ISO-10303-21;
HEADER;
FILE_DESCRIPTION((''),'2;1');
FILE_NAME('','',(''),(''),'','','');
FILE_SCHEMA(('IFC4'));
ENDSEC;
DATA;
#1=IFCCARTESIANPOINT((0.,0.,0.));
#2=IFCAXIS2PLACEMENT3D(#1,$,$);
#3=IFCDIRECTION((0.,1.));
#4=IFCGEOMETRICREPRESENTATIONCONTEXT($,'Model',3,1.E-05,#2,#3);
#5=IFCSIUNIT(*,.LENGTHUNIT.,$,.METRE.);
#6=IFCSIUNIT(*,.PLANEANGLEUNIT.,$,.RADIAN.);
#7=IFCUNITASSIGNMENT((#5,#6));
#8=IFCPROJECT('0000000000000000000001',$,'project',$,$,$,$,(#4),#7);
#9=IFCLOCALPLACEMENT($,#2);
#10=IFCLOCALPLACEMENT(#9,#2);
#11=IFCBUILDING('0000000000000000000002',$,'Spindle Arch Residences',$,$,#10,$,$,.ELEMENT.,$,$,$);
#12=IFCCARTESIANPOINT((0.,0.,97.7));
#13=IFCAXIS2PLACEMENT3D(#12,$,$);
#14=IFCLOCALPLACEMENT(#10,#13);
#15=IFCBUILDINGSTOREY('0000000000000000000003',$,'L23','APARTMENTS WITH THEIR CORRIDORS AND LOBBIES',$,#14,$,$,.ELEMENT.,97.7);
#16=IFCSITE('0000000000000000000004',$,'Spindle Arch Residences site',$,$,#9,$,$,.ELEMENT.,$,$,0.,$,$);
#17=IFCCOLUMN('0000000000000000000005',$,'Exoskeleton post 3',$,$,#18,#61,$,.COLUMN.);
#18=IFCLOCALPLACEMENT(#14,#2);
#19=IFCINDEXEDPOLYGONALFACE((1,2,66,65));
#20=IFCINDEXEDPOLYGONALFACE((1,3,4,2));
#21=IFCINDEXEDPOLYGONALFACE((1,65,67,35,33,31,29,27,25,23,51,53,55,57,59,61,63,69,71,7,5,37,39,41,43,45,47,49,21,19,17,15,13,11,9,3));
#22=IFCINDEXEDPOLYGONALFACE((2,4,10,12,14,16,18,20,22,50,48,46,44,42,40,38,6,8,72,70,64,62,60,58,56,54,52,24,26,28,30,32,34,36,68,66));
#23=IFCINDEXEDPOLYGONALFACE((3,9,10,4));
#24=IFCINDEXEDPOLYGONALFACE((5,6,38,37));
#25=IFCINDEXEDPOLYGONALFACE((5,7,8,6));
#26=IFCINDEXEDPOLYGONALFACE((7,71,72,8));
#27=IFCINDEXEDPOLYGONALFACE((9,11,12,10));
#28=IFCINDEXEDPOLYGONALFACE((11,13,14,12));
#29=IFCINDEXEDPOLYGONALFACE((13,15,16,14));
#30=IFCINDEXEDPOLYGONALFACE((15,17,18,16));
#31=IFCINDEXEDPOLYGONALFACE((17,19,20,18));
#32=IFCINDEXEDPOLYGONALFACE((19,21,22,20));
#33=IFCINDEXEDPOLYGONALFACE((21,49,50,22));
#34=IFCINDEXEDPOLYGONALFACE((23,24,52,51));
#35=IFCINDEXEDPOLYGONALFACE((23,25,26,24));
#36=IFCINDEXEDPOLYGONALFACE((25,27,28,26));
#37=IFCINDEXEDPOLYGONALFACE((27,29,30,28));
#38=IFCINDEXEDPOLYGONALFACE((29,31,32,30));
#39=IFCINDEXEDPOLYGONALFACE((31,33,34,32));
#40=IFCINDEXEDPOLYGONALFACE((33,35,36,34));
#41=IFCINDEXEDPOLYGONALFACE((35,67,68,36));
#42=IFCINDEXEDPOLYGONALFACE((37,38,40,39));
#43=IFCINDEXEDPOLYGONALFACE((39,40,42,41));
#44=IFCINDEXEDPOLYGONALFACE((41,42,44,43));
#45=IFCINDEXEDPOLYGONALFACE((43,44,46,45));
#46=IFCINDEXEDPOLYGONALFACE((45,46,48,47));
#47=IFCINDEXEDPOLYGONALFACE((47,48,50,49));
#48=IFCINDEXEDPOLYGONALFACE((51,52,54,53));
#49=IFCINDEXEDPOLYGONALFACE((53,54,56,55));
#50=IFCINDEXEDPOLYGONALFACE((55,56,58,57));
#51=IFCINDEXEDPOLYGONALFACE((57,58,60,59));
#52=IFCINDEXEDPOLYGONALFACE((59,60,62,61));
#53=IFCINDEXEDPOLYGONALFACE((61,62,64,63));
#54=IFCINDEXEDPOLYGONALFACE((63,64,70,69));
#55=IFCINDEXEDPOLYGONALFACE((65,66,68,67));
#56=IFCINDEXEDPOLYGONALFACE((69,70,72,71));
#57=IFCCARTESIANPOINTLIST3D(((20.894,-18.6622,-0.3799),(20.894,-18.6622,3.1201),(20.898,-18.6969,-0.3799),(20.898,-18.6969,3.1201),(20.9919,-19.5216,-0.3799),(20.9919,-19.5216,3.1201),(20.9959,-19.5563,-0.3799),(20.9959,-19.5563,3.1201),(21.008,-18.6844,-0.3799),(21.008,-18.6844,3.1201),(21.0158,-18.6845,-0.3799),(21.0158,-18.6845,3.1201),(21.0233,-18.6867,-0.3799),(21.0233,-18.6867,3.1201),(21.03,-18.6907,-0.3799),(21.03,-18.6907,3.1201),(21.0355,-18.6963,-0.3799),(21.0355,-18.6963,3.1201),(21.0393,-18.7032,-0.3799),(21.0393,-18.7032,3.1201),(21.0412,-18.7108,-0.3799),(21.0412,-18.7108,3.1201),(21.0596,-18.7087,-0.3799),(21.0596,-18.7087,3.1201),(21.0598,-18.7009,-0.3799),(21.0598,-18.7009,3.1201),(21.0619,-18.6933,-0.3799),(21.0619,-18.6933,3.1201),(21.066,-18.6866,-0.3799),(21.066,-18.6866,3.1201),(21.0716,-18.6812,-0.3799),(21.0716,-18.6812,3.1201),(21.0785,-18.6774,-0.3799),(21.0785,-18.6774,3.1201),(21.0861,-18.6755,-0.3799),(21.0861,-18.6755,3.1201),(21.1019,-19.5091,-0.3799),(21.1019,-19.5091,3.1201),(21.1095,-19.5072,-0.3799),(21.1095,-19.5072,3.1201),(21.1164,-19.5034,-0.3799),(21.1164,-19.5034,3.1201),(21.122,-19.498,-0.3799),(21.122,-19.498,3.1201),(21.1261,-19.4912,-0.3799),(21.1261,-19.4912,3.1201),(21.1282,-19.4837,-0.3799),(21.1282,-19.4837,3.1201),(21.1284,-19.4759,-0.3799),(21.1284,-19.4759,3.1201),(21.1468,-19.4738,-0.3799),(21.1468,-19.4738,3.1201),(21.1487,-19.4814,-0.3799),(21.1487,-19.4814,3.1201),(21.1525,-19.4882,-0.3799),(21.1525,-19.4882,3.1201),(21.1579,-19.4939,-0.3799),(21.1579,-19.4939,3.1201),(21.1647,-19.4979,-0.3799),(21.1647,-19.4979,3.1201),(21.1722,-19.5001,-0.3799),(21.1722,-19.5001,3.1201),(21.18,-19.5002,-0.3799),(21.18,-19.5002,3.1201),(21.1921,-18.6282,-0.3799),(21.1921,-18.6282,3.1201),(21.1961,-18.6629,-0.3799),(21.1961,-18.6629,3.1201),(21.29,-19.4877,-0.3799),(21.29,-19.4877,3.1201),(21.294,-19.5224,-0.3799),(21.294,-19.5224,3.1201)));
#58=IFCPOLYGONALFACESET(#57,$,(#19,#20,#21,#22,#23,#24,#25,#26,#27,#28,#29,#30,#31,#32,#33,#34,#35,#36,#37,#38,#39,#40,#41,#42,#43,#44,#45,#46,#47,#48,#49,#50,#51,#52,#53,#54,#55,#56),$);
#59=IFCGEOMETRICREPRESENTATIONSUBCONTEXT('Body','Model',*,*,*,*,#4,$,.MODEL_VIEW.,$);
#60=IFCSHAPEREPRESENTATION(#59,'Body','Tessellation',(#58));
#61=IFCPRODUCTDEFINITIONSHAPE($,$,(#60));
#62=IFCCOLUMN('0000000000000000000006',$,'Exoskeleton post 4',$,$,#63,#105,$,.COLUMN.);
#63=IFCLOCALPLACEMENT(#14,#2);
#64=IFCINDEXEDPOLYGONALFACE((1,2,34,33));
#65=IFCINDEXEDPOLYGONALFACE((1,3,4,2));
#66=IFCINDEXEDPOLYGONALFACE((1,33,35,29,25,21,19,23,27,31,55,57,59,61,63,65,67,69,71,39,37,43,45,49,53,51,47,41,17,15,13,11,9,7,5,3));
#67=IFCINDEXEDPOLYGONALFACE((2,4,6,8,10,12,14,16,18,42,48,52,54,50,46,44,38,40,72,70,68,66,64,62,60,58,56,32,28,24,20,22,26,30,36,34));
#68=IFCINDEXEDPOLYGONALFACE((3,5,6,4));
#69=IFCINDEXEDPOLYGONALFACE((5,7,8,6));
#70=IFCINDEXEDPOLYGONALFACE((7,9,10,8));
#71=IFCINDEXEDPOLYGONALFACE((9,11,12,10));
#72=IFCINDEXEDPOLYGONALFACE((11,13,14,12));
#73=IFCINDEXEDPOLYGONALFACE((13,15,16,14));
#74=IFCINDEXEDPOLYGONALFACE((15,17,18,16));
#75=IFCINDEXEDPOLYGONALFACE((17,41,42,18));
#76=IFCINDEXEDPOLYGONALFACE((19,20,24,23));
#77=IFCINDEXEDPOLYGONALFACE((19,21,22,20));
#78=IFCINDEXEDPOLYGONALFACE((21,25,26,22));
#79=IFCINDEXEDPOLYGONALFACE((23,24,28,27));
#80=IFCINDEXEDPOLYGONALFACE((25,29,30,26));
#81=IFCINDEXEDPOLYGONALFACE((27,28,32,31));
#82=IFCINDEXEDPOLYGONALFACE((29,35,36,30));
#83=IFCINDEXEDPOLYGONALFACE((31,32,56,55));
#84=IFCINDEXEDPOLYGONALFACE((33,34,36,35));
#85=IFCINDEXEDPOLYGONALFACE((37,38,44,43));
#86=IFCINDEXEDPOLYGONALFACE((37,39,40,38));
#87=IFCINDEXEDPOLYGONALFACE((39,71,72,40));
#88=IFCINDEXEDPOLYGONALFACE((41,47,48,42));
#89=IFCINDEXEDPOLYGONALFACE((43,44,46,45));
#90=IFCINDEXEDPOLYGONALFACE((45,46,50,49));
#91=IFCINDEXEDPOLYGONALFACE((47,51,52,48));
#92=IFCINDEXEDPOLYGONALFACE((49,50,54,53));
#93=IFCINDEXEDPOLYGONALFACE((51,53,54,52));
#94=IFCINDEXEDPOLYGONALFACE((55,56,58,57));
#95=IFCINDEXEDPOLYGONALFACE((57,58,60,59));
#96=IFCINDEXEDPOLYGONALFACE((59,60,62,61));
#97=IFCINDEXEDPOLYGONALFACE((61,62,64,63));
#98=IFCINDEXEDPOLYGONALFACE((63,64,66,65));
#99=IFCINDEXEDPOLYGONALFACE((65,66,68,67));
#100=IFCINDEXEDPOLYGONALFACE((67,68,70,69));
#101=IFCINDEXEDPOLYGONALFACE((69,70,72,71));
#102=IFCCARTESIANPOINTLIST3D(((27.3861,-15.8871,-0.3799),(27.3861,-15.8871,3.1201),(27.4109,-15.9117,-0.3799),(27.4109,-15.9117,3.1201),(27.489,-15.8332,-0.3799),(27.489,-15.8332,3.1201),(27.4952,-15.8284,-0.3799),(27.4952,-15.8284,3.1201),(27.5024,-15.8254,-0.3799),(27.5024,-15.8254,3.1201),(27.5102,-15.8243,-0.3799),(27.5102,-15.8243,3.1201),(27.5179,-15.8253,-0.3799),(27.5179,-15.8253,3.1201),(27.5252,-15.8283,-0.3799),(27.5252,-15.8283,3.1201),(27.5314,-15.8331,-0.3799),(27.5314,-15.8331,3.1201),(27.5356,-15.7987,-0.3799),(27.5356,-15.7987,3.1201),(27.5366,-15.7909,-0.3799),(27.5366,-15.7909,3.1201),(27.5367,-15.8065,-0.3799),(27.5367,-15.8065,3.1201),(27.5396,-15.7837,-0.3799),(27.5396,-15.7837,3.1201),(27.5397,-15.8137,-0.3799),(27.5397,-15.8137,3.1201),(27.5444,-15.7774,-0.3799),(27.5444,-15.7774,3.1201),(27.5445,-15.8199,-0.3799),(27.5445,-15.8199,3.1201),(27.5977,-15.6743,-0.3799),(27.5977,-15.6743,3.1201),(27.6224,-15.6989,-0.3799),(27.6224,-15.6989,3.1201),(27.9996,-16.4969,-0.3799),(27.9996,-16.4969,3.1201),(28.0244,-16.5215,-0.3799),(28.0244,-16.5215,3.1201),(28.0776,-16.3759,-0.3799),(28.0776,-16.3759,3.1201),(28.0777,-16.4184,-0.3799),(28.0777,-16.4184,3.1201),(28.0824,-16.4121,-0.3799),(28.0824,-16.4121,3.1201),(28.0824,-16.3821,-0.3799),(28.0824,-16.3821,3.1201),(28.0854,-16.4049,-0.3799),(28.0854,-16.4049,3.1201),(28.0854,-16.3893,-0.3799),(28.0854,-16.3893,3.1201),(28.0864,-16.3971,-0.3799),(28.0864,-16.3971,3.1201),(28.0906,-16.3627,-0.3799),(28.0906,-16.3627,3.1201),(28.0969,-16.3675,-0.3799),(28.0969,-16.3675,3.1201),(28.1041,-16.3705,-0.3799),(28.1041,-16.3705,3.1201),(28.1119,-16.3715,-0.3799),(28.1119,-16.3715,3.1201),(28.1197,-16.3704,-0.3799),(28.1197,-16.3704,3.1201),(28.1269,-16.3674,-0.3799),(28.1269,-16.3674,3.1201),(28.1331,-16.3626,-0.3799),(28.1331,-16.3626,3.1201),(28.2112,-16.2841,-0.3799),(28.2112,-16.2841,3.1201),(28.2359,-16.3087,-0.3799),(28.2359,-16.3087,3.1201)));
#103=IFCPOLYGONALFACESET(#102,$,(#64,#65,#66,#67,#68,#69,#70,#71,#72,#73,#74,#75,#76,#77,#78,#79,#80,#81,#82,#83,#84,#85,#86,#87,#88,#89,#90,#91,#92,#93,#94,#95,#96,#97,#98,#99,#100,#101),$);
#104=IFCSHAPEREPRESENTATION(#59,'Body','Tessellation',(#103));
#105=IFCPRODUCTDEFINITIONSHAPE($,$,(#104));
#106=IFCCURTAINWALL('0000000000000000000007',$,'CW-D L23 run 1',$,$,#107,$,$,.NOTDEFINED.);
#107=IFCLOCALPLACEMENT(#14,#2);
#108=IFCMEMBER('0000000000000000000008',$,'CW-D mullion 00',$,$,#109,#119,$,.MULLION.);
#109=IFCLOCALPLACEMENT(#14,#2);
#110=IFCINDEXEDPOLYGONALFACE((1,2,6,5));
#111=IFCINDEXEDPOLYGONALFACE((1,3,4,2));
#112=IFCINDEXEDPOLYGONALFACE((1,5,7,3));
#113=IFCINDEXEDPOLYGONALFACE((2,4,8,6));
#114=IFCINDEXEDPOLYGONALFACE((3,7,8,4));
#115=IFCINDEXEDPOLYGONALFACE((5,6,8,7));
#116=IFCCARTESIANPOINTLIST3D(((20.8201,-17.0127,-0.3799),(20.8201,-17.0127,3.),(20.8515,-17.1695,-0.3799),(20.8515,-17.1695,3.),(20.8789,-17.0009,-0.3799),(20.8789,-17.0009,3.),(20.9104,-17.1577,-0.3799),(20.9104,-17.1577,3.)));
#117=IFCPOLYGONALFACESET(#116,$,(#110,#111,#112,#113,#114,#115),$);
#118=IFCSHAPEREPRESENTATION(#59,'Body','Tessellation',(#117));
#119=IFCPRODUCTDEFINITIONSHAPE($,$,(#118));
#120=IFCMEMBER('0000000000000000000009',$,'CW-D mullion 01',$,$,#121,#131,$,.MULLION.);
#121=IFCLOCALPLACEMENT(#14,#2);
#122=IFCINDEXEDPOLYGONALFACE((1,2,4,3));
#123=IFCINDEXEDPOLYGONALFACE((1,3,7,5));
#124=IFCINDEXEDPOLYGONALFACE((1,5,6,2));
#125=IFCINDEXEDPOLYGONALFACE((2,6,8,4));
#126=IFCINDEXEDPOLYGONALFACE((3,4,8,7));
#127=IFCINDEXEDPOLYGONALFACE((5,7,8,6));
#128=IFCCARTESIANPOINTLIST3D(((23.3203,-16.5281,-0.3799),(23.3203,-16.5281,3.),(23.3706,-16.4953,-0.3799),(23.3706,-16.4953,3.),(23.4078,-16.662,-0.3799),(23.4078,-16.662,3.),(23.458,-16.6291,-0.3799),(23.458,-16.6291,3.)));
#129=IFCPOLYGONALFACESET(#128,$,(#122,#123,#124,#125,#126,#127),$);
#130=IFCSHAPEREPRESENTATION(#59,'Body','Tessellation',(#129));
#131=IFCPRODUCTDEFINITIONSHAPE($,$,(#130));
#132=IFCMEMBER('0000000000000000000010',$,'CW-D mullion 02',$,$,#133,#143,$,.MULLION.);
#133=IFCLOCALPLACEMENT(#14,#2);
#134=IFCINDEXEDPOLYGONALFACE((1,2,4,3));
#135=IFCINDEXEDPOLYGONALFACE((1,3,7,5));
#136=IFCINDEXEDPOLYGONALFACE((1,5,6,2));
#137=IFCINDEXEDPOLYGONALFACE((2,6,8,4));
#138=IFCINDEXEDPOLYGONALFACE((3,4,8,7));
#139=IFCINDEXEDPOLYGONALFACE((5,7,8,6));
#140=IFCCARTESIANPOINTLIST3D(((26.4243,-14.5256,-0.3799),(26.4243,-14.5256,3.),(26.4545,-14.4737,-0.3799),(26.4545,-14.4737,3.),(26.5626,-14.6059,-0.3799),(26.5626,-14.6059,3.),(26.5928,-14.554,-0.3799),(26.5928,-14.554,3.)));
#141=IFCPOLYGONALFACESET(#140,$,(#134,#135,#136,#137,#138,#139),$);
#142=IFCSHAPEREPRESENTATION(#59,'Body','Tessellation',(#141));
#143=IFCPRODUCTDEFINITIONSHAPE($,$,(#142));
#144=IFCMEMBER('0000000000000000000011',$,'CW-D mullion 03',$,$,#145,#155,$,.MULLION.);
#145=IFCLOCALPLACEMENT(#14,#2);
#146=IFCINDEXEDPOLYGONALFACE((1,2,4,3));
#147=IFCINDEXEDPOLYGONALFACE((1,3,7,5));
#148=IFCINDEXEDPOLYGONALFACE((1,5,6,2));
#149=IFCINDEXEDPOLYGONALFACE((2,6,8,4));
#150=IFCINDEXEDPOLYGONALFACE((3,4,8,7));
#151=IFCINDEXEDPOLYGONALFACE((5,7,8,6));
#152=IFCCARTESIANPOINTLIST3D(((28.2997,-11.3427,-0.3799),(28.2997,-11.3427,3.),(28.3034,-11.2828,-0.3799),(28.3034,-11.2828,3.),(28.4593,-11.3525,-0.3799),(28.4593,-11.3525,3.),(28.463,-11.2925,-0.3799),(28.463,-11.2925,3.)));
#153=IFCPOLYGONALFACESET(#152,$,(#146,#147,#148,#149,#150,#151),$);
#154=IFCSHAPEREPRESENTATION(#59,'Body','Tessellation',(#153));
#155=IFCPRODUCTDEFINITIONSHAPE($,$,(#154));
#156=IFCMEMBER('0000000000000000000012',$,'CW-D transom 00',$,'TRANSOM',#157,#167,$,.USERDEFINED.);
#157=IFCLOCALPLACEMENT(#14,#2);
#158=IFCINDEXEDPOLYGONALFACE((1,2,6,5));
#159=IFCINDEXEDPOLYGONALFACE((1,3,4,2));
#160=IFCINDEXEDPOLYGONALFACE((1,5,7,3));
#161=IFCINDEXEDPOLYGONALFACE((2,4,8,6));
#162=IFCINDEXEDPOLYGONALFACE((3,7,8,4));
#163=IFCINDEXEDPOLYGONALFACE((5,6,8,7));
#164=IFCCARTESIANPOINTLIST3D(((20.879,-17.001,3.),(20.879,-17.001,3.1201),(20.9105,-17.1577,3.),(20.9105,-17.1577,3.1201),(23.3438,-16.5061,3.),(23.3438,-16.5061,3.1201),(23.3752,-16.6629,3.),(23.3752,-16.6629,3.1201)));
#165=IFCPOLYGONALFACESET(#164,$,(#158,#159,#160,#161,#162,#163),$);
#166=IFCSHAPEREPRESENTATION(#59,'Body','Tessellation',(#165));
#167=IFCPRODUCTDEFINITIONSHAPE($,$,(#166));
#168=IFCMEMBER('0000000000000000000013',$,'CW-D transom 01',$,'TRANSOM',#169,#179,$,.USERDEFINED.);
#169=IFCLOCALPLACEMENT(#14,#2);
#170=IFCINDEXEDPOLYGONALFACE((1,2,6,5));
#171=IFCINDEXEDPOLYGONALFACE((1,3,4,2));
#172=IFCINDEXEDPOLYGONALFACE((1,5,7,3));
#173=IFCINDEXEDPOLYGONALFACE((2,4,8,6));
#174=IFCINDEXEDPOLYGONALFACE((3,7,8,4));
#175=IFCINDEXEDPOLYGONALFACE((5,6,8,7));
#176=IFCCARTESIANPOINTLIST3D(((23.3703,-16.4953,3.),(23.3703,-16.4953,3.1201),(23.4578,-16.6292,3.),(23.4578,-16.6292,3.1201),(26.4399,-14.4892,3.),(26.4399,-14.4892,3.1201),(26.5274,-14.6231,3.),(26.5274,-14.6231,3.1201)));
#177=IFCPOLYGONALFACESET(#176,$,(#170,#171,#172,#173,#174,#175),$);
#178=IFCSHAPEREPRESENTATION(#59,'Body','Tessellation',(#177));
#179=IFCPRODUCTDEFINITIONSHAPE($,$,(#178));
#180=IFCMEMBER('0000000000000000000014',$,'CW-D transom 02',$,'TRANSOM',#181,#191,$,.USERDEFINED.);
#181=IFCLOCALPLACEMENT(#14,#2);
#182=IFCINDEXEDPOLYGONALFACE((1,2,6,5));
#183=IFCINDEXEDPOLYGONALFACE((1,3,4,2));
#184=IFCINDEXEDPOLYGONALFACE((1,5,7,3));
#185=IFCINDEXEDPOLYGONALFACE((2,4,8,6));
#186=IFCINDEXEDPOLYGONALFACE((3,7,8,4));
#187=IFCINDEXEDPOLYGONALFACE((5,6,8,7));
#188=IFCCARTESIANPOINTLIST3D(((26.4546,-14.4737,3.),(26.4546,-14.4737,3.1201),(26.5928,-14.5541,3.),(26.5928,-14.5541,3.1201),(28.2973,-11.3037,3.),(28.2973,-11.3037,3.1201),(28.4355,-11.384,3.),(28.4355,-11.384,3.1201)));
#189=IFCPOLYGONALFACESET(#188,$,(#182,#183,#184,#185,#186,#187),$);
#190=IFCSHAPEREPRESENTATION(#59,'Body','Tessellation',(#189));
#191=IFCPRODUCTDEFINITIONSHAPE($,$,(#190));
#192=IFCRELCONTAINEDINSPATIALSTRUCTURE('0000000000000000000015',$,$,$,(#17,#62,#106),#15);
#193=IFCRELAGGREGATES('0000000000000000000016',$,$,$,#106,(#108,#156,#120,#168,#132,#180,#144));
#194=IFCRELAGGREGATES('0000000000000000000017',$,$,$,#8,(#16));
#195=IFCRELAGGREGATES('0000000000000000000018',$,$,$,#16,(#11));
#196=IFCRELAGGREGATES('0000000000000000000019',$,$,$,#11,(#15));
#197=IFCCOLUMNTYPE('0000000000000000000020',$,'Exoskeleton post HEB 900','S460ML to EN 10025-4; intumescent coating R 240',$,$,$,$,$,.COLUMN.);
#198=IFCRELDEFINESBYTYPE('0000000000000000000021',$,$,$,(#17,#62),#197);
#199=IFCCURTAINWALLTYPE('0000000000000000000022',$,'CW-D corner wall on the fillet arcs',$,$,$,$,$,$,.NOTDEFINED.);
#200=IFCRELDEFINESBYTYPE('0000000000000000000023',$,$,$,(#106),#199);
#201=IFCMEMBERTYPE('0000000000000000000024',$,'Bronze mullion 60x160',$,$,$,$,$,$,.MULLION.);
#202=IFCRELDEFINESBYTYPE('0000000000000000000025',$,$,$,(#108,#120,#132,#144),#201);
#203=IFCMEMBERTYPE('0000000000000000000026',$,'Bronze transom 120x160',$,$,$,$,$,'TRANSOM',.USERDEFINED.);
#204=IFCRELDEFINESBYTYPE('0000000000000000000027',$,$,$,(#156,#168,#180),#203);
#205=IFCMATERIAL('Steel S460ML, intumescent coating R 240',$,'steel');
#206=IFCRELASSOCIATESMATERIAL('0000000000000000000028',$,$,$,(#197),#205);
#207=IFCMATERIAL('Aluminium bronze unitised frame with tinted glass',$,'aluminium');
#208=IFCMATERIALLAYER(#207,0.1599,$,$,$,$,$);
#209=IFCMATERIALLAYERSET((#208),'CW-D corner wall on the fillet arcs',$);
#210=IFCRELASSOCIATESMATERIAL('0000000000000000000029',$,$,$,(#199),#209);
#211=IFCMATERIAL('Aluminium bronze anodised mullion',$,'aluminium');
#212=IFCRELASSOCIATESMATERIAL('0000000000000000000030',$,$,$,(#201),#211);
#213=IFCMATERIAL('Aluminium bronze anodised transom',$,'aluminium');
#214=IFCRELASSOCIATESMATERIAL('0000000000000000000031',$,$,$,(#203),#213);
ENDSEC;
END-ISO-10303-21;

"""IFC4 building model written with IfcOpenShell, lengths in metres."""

from ifc_helpers import new_model, si_unit, direction, frame, origin, origin_2d, place, context, subcontext, project, spatial, rectangle, i_section, extrude, material, layer, layer_set, material_profile, profile_set, type_object, element, aggregate, save


model = new_model("IFC4")

# Units and contexts
model_context = context("Model", 3, precision=1e-05, world=origin(), true_north=direction((0.0, 1.0)))
body_context = subcontext(model_context, "Body", "Model", "MODEL_VIEW")
ifc_project = project(units=[si_unit("LENGTHUNIT", "METRE"), si_unit("PLANEANGLEUNIT", "RADIAN")], contexts=[model_context])

# Site, building, storey
site_placement = place(None, origin())
site = spatial("IfcSite", under=ifc_project, at=site_placement, Name="Spindle Arch Residences site", CompositionType="ELEMENT", RefElevation=0.0)
building_placement = place(site_placement, origin())
building = spatial("IfcBuilding", under=site, at=building_placement, Name="Spindle Arch Residences", CompositionType="ELEMENT")
storey_placement = place(building_placement, frame((0.0, 0.0, 97.7)))
storey = spatial("IfcBuildingStorey", under=building, at=storey_placement, Name="L23", Description="APARTMENTS WITH THEIR CORRIDORS AND LOBBIES", CompositionType="ELEMENT", Elevation=97.7)

# Columns
ifc_material_1 = material(Name="Steel S460ML, intumescent coating R 240", Category="steel")
ifc_material_profile_1 = material_profile(ifc_material_1, i_section(OverallWidth=0.3, OverallDepth=0.8999, WebThickness=0.0186, FlangeThickness=0.0349, FilletRadius=0.03, at=origin_2d()), Name="HEB 900")
ifc_profile_set_1 = profile_set([ifc_material_profile_1], Name="Steel S460ML, intumescent coating R 240")
column_type = type_object("IfcColumnType", Name="Exoskeleton post HEB 900", Description="S460ML to EN 10025-4; intumescent coating R 240", PredefinedType="COLUMN", material=ifc_profile_set_1)
for number, where, z_axis, x_axis, name in (
    (1, (21.094, -19.0923, -0.3799), (0.0, 0.0, 1.0), (-0.993572, -0.113203, 0.0), "Exoskeleton post 3"),
    (2, (27.811, -16.0979, -0.3799), (0.0, 0.0, 1.0), (-0.704963, -0.709244, 0.0), "Exoskeleton post 4"),
):
    element("IfcColumn", number, at=place(storey_placement, frame(where, z_axis=z_axis, x_axis=x_axis)), inside=storey, type_object=column_type, Name=name, PredefinedType="COLUMN", context=body_context, shape_type="SweptSolid", body=[
        extrude(i_section(OverallWidth=0.3, OverallDepth=0.8999, WebThickness=0.0186, FlangeThickness=0.0349, FilletRadius=0.03, at=origin_2d()), origin(), (0.0, 0.0, 1.0), 3.5),
    ])

# Curtain wall, members
ifc_material_2 = material(Name="Aluminium bronze unitised frame with tinted glass", Category="aluminium")
ifc_layer_1 = layer(ifc_material_2, 0.1599)
ifc_layer_set_1 = layer_set([ifc_layer_1], Name="CW-D corner wall on the fillet arcs")
curtain_wall_type = type_object("IfcCurtainWallType", Name="CW-D corner wall on the fillet arcs", PredefinedType="NOTDEFINED", material=ifc_layer_set_1)
curtain_wall_placement = place(storey_placement, origin())
curtain_wall = element("IfcCurtainWall", 3, at=curtain_wall_placement, inside=storey, type_object=curtain_wall_type, Name="CW-D L23 run 1", PredefinedType="NOTDEFINED")
ifc_material_3 = material(Name="Aluminium bronze anodised mullion", Category="aluminium")
ifc_material_profile_2 = material_profile(ifc_material_3, rectangle(XDim=0.1599, YDim=0.0601, at=origin_2d()), Name="MU 60x160")
ifc_profile_set_2 = profile_set([ifc_material_profile_2], Name="Aluminium bronze anodised mullion")
member_type_1 = type_object("IfcMemberType", Name="Bronze mullion 60x160", PredefinedType="MULLION", material=ifc_profile_set_2)
member_1_placement = place(storey_placement, frame((20.8652, -17.0852, -0.3799), z_axis=(0.0, 0.0, 1.0), x_axis=(-0.196863, 0.980431, 0.0)))
member_1 = element("IfcMember", 4, at=member_1_placement, type_object=member_type_1, Name="CW-D mullion 00", PredefinedType="MULLION", context=body_context, shape_type="SweptSolid", body=[
    extrude(rectangle(XDim=0.1599, YDim=0.0601, at=origin_2d()), origin(), (0.0, 0.0, 1.0), 3.3799),
])
member_2_placement = place(storey_placement, frame((23.3892, -16.5786, -0.3799), z_axis=(0.0, 0.0, 1.0), x_axis=(-0.547076, 0.837083, 0.0)))
member_2 = element("IfcMember", 5, at=member_2_placement, type_object=member_type_1, Name="CW-D mullion 01", PredefinedType="MULLION", context=body_context, shape_type="SweptSolid", body=[
    extrude(rectangle(XDim=0.1599, YDim=0.0601, at=origin_2d()), origin(), (0.0, 0.0, 1.0), 3.3799),
])
member_3_placement = place(storey_placement, frame((26.5085, -14.5398, -0.3799), z_axis=(0.0, 0.0, 1.0), x_axis=(-0.864567, 0.502517, 0.0)))
member_3 = element("IfcMember", 6, at=member_3_placement, type_object=member_type_1, Name="CW-D mullion 02", PredefinedType="MULLION", context=body_context, shape_type="SweptSolid", body=[
    extrude(rectangle(XDim=0.1599, YDim=0.0601, at=origin_2d()), origin(), (0.0, 0.0, 1.0), 3.3799),
])
member_4_placement = place(storey_placement, frame((28.3813, -11.3176, -0.3799), z_axis=(0.0, 0.0, 1.0), x_axis=(-0.998135, 0.061049, 0.0)))
member_4 = element("IfcMember", 7, at=member_4_placement, type_object=member_type_1, Name="CW-D mullion 03", PredefinedType="MULLION", context=body_context, shape_type="SweptSolid", body=[
    extrude(rectangle(XDim=0.1599, YDim=0.0601, at=origin_2d()), origin(), (0.0, 0.0, 1.0), 3.3799),
])
ifc_material_4 = material(Name="Aluminium bronze anodised transom", Category="aluminium")
ifc_material_profile_3 = material_profile(ifc_material_4, rectangle(XDim=0.1599, YDim=0.1201, at=origin_2d()), Name="TR 120x160")
ifc_profile_set_3 = profile_set([ifc_material_profile_3], Name="Aluminium bronze anodised transom")
member_type_2 = type_object("IfcMemberType", Name="Bronze transom 120x160", ElementType="TRANSOM", PredefinedType="USERDEFINED", material=ifc_profile_set_3)
member_5_placement = place(storey_placement, frame((20.8948, -17.0793, 3.0601), z_axis=(0.980435, 0.196844, 0.0), x_axis=(-0.196844, 0.980435, 0.0)))
member_5 = element("IfcMember", 8, at=member_5_placement, type_object=member_type_2, Name="CW-D transom 00", ObjectType="TRANSOM", PredefinedType="USERDEFINED", context=body_context, shape_type="SweptSolid", body=[
    extrude(rectangle(XDim=0.1599, YDim=0.1201, at=origin_2d()), origin(), (0.0, 0.0, 1.0), 2.5139),
])
member_6_placement = place(storey_placement, frame((23.4141, -16.5623, 3.0601), z_axis=(0.837086, 0.547072, 0.0), x_axis=(-0.547072, 0.837086, 0.0)))
member_6 = element("IfcMember", 9, at=member_6_placement, type_object=member_type_2, Name="CW-D transom 01", ObjectType="TRANSOM", PredefinedType="USERDEFINED", context=body_context, shape_type="SweptSolid", body=[
    extrude(rectangle(XDim=0.1599, YDim=0.1201, at=origin_2d()), origin(), (0.0, 0.0, 1.0), 3.667),
])
member_7_placement = place(storey_placement, frame((26.5237, -14.5139, 3.0601), z_axis=(0.50255, 0.864548, 0.0), x_axis=(-0.864548, 0.50255, 0.0)))
member_7 = element("IfcMember", 10, at=member_7_placement, type_object=member_type_2, Name="CW-D transom 02", ObjectType="TRANSOM", PredefinedType="USERDEFINED", context=body_context, shape_type="SweptSolid", body=[
    extrude(rectangle(XDim=0.1599, YDim=0.1201, at=origin_2d()), origin(), (0.0, 0.0, 1.0), 3.6667),
])

aggregate(curtain_wall, [member_1, member_5, member_2, member_6, member_3, member_7, member_4])

save(model, "model.ifc")
